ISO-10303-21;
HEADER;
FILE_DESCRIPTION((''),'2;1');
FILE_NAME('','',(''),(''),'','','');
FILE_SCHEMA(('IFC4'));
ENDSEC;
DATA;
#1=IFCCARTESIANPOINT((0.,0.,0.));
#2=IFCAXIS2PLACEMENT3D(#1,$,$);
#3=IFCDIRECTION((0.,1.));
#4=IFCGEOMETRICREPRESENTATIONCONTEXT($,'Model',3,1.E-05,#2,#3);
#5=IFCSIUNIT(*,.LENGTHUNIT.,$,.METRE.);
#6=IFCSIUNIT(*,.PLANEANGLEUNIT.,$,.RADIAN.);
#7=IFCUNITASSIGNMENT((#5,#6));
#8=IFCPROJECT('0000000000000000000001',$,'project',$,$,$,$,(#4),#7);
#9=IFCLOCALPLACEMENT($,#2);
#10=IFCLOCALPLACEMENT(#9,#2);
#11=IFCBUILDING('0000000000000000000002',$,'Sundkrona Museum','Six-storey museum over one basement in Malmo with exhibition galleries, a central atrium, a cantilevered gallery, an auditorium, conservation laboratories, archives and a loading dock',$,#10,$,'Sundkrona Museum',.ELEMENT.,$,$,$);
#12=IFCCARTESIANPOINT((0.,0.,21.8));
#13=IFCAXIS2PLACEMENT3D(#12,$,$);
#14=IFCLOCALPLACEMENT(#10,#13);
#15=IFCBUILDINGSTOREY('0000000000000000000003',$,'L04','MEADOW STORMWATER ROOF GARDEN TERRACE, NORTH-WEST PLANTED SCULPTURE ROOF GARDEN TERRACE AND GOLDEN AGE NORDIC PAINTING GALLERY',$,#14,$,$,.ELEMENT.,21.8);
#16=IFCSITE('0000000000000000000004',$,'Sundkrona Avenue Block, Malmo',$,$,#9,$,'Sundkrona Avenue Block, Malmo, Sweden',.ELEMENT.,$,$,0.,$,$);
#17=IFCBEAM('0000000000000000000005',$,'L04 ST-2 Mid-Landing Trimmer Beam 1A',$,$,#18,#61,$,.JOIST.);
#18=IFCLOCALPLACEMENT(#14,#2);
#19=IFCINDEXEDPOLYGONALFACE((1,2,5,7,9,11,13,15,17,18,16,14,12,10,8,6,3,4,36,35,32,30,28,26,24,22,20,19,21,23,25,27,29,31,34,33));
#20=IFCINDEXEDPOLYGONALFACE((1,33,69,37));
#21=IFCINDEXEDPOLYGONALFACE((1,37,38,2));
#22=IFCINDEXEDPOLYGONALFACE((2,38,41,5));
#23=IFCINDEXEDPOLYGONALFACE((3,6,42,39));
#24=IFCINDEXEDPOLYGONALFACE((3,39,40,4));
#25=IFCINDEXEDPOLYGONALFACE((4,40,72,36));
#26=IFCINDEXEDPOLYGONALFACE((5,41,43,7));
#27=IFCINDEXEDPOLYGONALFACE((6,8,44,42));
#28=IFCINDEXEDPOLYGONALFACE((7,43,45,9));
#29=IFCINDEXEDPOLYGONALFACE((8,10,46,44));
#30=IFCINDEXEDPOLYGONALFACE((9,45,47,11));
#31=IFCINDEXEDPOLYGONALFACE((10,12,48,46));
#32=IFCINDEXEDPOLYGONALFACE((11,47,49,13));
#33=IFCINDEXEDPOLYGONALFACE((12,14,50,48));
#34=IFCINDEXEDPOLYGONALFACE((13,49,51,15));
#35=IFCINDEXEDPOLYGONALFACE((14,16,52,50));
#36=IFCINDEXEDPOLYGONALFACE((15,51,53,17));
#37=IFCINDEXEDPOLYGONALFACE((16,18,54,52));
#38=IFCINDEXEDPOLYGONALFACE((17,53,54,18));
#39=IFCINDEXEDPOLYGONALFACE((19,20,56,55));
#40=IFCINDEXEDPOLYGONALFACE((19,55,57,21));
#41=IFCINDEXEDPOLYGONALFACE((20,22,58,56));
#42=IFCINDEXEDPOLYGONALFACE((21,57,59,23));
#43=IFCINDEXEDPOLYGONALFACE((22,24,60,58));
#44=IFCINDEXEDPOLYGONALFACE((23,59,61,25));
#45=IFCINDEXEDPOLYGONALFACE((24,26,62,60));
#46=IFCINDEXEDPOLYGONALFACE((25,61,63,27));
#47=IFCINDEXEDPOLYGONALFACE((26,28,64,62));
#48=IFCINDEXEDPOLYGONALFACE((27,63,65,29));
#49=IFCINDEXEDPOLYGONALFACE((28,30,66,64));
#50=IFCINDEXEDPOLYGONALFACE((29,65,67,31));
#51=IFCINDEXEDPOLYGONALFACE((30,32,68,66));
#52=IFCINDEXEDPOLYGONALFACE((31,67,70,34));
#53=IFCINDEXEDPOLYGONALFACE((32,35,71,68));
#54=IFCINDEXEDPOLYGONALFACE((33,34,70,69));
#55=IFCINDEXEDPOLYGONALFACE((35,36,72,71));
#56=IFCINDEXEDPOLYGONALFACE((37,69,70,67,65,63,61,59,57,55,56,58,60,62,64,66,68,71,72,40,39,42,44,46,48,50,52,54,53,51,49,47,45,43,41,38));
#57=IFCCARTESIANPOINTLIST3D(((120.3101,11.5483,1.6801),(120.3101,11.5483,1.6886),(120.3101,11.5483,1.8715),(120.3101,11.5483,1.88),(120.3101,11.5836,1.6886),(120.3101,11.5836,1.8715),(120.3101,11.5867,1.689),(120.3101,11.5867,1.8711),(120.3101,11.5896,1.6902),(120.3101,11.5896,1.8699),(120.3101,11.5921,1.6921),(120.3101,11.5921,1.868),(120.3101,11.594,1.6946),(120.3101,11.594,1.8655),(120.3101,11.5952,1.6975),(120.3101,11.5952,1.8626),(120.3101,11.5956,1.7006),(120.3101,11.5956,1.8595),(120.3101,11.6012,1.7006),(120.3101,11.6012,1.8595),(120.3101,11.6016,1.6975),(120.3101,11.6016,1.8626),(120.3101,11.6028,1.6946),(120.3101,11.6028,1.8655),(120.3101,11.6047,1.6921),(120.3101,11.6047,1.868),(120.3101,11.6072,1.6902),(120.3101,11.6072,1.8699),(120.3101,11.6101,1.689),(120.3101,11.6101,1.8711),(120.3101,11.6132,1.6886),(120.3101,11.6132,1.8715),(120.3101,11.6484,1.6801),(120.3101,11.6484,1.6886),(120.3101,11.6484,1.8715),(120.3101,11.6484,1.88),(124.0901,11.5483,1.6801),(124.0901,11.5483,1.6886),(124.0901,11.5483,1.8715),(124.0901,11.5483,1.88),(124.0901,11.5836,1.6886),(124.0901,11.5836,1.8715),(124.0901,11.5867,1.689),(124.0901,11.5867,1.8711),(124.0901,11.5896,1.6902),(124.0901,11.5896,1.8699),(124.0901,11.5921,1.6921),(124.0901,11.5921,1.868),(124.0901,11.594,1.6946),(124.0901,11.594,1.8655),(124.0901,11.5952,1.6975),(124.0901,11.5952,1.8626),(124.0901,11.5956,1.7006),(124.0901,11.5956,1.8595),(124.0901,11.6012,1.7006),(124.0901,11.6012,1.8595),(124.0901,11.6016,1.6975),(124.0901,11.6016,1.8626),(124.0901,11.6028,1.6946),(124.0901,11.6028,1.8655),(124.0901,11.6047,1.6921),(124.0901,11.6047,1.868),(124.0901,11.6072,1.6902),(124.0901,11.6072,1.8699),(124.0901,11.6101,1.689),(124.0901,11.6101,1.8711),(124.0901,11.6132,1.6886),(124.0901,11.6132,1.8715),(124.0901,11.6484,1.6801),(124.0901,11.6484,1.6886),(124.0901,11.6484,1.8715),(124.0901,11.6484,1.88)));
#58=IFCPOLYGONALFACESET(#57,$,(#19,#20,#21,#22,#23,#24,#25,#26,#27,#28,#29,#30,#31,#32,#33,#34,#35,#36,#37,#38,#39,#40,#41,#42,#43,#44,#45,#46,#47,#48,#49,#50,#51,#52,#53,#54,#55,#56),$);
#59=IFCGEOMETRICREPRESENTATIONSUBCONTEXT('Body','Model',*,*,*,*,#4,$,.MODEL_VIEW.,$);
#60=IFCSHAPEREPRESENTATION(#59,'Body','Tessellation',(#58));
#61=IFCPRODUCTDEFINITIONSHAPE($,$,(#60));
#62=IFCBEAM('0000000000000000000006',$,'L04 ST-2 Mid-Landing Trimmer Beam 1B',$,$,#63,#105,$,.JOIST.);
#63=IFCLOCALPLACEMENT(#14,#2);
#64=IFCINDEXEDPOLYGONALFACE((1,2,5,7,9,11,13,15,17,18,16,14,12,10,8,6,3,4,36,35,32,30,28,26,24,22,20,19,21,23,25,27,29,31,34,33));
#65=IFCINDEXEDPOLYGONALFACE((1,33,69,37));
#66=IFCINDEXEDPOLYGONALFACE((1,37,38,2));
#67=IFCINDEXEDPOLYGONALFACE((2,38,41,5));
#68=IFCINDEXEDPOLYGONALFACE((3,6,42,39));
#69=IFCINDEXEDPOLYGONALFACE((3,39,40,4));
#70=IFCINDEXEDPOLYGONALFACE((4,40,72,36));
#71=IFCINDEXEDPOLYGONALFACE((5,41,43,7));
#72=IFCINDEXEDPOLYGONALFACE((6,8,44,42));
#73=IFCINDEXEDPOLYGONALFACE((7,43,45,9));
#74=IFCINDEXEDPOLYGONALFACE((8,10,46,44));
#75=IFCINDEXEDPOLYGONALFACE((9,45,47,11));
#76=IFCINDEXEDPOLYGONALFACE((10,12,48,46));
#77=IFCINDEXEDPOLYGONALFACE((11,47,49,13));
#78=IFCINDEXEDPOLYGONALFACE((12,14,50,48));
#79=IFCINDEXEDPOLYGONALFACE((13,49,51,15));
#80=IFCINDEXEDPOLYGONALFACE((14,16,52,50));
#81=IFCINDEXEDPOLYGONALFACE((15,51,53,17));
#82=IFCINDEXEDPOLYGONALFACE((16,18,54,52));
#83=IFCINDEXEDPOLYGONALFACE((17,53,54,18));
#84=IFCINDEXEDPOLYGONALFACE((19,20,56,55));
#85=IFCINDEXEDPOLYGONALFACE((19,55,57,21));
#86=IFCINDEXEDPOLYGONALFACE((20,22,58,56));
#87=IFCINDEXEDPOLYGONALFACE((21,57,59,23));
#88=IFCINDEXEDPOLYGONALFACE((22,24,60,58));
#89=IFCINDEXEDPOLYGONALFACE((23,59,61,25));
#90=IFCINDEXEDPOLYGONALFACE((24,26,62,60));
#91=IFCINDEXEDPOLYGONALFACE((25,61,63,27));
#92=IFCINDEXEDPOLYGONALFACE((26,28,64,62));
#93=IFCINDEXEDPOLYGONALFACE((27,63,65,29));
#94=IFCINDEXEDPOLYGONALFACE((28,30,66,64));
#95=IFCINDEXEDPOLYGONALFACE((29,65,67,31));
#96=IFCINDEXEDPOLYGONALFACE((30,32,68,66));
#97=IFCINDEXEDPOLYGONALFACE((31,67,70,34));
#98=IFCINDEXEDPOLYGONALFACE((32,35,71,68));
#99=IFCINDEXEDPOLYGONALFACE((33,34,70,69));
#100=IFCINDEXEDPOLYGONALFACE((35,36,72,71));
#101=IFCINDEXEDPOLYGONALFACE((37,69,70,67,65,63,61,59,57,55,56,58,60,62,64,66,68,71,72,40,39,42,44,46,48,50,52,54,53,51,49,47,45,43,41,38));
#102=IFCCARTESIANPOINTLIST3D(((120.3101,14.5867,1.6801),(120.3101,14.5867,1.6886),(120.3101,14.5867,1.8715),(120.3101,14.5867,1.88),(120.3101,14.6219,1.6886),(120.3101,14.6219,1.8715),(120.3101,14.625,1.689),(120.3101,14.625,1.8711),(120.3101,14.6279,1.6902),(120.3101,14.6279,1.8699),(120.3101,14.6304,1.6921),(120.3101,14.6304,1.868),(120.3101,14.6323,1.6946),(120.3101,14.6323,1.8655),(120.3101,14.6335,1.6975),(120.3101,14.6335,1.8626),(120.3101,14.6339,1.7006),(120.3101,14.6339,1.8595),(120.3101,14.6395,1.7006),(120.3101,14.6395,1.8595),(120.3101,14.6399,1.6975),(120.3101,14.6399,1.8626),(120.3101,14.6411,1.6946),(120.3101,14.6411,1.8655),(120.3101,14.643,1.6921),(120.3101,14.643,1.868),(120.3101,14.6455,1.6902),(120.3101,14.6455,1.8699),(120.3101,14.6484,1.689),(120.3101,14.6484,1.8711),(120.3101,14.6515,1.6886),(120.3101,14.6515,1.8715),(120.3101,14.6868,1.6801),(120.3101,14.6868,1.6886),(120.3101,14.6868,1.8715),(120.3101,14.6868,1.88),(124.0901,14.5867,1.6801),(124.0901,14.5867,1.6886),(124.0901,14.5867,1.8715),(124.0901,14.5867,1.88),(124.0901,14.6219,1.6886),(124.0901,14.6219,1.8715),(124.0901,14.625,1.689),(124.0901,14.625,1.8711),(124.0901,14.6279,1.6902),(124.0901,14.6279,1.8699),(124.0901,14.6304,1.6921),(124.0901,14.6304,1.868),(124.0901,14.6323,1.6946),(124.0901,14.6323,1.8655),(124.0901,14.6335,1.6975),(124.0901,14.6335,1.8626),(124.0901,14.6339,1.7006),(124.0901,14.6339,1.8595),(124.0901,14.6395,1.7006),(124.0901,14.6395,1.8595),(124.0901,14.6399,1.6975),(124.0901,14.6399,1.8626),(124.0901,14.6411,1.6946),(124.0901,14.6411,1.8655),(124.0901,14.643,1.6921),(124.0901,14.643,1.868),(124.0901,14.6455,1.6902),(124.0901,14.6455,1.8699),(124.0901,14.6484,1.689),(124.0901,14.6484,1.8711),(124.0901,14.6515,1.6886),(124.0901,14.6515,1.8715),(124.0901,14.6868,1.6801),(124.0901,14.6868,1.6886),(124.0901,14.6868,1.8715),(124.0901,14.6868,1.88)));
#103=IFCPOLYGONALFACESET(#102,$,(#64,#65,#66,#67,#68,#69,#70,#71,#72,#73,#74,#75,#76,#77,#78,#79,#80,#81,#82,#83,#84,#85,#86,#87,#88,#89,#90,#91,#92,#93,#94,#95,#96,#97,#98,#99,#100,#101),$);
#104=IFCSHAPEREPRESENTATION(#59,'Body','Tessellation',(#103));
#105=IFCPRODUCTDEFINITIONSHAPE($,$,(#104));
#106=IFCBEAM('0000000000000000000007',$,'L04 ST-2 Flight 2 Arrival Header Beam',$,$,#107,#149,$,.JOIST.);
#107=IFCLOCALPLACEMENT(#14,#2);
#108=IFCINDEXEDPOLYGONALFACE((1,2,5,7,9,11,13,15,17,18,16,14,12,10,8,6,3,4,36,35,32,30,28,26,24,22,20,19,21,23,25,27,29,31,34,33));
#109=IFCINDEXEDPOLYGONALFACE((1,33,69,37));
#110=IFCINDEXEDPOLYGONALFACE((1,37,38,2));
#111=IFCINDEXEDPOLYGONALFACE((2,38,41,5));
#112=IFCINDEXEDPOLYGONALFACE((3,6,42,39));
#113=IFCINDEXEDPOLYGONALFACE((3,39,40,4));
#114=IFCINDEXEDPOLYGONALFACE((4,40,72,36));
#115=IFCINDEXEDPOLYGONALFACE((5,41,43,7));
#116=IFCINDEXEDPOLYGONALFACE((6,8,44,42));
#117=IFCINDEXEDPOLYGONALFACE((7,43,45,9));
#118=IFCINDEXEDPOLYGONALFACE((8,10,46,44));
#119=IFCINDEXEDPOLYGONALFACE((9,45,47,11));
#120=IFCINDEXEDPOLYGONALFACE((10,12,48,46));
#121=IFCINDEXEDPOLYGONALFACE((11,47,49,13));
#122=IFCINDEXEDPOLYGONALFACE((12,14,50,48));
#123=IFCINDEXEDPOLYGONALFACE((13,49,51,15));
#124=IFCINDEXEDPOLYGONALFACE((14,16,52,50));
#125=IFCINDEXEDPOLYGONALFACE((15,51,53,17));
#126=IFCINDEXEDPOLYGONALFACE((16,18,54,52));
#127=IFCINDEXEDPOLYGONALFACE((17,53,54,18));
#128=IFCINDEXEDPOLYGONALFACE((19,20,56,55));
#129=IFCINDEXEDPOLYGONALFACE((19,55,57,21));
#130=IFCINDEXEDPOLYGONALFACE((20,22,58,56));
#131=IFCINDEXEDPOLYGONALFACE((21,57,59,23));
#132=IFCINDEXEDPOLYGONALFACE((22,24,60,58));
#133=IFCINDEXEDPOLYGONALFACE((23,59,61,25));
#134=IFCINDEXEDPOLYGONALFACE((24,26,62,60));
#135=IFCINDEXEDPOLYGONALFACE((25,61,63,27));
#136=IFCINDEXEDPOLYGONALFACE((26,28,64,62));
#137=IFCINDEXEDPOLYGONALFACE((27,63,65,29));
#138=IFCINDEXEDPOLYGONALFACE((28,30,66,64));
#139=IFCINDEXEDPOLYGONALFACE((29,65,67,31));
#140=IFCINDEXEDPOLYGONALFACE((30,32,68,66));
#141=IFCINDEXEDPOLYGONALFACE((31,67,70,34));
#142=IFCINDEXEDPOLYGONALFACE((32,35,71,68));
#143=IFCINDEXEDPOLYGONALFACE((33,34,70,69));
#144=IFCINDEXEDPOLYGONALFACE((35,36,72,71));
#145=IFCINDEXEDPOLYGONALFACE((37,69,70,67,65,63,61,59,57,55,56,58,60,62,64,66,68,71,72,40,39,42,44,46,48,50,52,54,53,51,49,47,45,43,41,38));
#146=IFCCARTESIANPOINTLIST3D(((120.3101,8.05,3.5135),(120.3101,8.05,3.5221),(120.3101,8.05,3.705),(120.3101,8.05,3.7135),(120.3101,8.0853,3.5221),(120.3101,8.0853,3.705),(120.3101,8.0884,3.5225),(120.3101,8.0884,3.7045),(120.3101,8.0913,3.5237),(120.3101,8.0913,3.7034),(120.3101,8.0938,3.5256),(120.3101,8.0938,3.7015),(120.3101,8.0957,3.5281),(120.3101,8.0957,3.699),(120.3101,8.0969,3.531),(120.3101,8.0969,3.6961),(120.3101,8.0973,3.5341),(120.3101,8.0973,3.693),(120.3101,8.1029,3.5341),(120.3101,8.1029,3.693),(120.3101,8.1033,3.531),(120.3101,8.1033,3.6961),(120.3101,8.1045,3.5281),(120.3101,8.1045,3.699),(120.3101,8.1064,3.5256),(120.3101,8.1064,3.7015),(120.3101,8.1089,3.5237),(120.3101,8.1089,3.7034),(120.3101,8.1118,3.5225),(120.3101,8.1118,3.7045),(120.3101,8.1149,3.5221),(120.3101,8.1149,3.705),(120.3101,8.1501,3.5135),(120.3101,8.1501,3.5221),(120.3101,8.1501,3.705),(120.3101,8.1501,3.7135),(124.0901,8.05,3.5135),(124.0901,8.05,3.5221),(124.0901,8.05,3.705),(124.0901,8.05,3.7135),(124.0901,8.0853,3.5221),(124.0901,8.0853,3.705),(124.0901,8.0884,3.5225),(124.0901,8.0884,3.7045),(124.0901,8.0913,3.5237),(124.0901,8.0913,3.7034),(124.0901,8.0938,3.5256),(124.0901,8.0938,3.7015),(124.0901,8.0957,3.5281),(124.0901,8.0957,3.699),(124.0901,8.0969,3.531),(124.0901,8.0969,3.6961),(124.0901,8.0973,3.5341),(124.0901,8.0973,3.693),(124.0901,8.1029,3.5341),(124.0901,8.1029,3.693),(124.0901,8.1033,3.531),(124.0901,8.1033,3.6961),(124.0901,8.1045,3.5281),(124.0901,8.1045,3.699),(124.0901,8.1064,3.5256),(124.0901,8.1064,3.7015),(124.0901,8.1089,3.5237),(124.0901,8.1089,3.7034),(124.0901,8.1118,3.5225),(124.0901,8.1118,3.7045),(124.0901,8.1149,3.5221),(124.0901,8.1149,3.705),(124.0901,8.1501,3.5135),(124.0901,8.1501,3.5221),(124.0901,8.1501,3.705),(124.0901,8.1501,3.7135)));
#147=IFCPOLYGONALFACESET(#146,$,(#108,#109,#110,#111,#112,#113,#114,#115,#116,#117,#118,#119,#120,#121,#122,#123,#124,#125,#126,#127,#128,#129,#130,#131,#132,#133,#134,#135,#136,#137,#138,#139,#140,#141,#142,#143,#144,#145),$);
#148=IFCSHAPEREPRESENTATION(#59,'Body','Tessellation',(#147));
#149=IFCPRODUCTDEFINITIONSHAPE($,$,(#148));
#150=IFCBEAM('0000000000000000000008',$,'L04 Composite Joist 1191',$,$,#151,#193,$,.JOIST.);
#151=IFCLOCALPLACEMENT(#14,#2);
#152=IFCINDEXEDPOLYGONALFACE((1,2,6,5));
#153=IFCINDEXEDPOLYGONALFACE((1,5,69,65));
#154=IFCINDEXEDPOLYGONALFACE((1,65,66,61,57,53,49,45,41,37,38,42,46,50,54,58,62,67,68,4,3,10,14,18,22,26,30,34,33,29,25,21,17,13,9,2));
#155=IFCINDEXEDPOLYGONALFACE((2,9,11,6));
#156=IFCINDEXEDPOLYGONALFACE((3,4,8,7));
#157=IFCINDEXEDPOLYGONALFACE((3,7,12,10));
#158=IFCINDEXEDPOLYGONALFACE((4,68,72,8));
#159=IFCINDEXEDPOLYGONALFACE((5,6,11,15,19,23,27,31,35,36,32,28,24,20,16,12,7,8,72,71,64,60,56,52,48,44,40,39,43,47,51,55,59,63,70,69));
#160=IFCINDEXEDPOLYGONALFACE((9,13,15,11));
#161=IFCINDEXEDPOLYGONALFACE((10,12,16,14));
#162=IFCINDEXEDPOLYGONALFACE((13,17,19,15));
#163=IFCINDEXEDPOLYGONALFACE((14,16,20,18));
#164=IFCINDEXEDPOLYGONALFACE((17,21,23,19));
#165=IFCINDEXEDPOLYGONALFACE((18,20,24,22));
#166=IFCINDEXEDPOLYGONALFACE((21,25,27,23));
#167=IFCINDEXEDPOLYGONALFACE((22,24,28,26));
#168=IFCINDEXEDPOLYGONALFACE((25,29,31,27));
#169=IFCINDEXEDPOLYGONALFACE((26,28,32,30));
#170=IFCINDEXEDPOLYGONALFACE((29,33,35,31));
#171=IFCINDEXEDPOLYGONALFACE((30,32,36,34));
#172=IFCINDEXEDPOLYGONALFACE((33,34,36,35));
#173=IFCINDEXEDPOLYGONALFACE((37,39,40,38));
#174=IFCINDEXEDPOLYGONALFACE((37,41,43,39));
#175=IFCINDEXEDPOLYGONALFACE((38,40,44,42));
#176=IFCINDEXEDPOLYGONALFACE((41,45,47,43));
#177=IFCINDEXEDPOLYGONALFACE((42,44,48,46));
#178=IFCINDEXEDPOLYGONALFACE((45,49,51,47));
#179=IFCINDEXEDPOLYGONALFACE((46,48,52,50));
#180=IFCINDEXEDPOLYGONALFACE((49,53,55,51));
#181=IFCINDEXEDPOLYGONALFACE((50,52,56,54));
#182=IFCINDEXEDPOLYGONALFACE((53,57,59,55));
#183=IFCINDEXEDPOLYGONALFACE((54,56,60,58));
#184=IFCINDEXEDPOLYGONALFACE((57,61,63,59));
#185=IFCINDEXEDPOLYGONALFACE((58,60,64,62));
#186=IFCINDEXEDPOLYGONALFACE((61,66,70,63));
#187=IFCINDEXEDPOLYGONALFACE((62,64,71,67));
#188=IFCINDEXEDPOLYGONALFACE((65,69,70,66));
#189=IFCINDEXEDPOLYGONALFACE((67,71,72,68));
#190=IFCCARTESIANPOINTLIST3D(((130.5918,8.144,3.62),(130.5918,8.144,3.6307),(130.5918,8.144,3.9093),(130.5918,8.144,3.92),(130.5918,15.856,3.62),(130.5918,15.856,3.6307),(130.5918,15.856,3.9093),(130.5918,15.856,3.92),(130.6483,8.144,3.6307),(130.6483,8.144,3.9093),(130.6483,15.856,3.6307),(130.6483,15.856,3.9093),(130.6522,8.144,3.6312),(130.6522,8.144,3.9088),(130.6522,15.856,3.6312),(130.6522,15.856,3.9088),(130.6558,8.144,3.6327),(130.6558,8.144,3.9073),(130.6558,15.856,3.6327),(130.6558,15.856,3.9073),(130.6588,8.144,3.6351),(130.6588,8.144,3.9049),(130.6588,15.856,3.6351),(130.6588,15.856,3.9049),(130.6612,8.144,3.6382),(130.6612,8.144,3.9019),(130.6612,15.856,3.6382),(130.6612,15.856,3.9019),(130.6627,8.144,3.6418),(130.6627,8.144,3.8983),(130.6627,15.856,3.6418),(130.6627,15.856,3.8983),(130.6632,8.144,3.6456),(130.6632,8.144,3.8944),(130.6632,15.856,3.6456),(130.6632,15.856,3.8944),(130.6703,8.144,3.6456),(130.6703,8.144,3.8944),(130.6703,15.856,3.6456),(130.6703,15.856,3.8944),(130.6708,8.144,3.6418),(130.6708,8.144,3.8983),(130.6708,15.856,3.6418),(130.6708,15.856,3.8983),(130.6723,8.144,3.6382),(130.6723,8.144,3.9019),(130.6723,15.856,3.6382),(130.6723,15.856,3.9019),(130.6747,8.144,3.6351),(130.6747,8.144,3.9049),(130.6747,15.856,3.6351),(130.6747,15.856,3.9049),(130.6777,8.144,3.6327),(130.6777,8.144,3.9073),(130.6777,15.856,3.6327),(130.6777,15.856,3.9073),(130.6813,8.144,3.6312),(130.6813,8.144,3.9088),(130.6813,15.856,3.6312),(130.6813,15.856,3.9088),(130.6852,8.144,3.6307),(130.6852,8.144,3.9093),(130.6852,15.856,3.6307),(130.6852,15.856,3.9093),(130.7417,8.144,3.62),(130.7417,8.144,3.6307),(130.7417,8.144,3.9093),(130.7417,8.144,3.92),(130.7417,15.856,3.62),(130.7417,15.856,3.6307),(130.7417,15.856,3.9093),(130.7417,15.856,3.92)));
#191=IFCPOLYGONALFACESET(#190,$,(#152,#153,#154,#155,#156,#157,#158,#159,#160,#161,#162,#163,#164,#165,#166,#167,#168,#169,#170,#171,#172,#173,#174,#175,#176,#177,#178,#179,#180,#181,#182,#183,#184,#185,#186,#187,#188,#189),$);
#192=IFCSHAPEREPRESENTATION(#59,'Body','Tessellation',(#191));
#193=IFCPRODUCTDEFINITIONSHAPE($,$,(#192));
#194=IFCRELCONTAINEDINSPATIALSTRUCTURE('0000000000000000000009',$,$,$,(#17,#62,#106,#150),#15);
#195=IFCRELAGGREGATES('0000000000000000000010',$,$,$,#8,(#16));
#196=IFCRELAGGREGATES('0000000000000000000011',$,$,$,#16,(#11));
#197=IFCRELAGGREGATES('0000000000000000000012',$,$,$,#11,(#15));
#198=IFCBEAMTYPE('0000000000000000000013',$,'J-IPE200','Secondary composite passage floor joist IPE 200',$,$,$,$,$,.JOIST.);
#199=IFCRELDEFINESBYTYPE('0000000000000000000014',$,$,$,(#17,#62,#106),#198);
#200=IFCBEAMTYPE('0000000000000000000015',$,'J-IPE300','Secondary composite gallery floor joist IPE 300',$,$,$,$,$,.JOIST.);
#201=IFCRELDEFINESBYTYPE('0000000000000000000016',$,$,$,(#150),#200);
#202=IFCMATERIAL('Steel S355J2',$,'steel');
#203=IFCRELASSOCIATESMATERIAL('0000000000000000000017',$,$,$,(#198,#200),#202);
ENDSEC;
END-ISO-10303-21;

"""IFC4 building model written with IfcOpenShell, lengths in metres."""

from ifc_helpers import new_model, si_unit, direction, frame, origin, origin_2d, place, context, subcontext, project, spatial, i_section, extrude, material, material_profile, profile_set, type_object, element, save


model = new_model("IFC4")

# Units and contexts
model_context = context("Model", 3, precision=1e-05, world=origin(), true_north=direction((0.0, 1.0)))
body_context = subcontext(model_context, "Body", "Model", "MODEL_VIEW")
ifc_project = project(units=[si_unit("LENGTHUNIT", "METRE"), si_unit("PLANEANGLEUNIT", "RADIAN")], contexts=[model_context])

# Site, building, storey
site_placement = place(None, origin())
site = spatial("IfcSite", under=ifc_project, at=site_placement, Name="Sundkrona Avenue Block, Malmo", LongName="Sundkrona Avenue Block, Malmo, Sweden", CompositionType="ELEMENT", RefElevation=0.0)
building_placement = place(site_placement, origin())
building = spatial("IfcBuilding", under=site, at=building_placement, Name="Sundkrona Museum", Description="Six-storey museum over one basement in Malmo with exhibition galleries, a central atrium, a cantilevered gallery, an auditorium, conservation laboratories, archives and a loading dock", LongName="Sundkrona Museum", CompositionType="ELEMENT")
storey_placement = place(building_placement, frame((0.0, 0.0, 21.8)))
storey = spatial("IfcBuildingStorey", under=building, at=storey_placement, Name="L04", Description="MEADOW STORMWATER ROOF GARDEN TERRACE, NORTH-WEST PLANTED SCULPTURE ROOF GARDEN TERRACE AND GOLDEN AGE NORDIC PAINTING GALLERY", CompositionType="ELEMENT", Elevation=21.8)

# Shared definitions
ifc_material_1 = material(Name="Steel S355J2", Category="steel")

# Beams
ifc_material_profile_1 = material_profile(ifc_material_1, i_section(OverallWidth=0.1001, OverallDepth=0.2, WebThickness=0.0056, FlangeThickness=0.0085, FilletRadius=0.012, at=origin_2d()), Name="IPE 200")
ifc_profile_set_1 = profile_set([ifc_material_profile_1], Name="Steel S355J2")
beam_type_1 = type_object("IfcBeamType", Name="J-IPE200", Description="Secondary composite passage floor joist IPE 200", PredefinedType="JOIST", material=ifc_profile_set_1)
for number, where, z_axis, x_axis, name in (
    (1, (120.3101, 11.5984, 1.78), (1.0, 0.0, 0.0), (0.0, 1.0, 0.0), "L04 ST-2 Mid-Landing Trimmer Beam 1A"),
    (2, (120.3101, 14.6367, 1.78), (1.0, 0.0, 0.0), (0.0, 1.0, 0.0), "L04 ST-2 Mid-Landing Trimmer Beam 1B"),
    (3, (120.3101, 8.1001, 3.6135), (1.0, 0.0, 0.0), (0.0, 1.0, 0.0), "L04 ST-2 Flight 2 Arrival Header Beam"),
):
    element("IfcBeam", number, at=place(storey_placement, frame(where, z_axis=z_axis, x_axis=x_axis)), inside=storey, type_object=beam_type_1, Name=name, PredefinedType="JOIST", context=body_context, shape_type="SweptSolid", body=[
        extrude(i_section(OverallWidth=0.1001, OverallDepth=0.2, WebThickness=0.0056, FlangeThickness=0.0085, FilletRadius=0.012, at=origin_2d()), origin(), (0.0, 0.0, 1.0), 3.78),
    ])
ifc_material_profile_2 = material_profile(ifc_material_1, i_section(OverallWidth=0.1499, OverallDepth=0.3, WebThickness=0.0071, FlangeThickness=0.0107, FilletRadius=0.0149, at=origin_2d()), Name="IPE 300")
ifc_profile_set_2 = profile_set([ifc_material_profile_2], Name="Steel S355J2")
beam_type_2 = type_object("IfcBeamType", Name="J-IPE300", Description="Secondary composite gallery floor joist IPE 300", PredefinedType="JOIST", material=ifc_profile_set_2)
for number, where, z_axis, x_axis, name in (
    (4, (130.6667, 8.144, 3.77), (0.0, 1.0, 0.0), (-1.0, 0.0, 0.0), "L04 Composite Joist 1191"),
):
    element("IfcBeam", number, at=place(storey_placement, frame(where, z_axis=z_axis, x_axis=x_axis)), inside=storey, type_object=beam_type_2, Name=name, PredefinedType="JOIST", context=body_context, shape_type="SweptSolid", body=[
        extrude(i_section(OverallWidth=0.1499, OverallDepth=0.3, WebThickness=0.0071, FlangeThickness=0.0107, FilletRadius=0.0149, at=origin_2d()), origin(), (0.0, 0.0, 1.0), 7.7119),
    ])

save(model, "model.ifc")
